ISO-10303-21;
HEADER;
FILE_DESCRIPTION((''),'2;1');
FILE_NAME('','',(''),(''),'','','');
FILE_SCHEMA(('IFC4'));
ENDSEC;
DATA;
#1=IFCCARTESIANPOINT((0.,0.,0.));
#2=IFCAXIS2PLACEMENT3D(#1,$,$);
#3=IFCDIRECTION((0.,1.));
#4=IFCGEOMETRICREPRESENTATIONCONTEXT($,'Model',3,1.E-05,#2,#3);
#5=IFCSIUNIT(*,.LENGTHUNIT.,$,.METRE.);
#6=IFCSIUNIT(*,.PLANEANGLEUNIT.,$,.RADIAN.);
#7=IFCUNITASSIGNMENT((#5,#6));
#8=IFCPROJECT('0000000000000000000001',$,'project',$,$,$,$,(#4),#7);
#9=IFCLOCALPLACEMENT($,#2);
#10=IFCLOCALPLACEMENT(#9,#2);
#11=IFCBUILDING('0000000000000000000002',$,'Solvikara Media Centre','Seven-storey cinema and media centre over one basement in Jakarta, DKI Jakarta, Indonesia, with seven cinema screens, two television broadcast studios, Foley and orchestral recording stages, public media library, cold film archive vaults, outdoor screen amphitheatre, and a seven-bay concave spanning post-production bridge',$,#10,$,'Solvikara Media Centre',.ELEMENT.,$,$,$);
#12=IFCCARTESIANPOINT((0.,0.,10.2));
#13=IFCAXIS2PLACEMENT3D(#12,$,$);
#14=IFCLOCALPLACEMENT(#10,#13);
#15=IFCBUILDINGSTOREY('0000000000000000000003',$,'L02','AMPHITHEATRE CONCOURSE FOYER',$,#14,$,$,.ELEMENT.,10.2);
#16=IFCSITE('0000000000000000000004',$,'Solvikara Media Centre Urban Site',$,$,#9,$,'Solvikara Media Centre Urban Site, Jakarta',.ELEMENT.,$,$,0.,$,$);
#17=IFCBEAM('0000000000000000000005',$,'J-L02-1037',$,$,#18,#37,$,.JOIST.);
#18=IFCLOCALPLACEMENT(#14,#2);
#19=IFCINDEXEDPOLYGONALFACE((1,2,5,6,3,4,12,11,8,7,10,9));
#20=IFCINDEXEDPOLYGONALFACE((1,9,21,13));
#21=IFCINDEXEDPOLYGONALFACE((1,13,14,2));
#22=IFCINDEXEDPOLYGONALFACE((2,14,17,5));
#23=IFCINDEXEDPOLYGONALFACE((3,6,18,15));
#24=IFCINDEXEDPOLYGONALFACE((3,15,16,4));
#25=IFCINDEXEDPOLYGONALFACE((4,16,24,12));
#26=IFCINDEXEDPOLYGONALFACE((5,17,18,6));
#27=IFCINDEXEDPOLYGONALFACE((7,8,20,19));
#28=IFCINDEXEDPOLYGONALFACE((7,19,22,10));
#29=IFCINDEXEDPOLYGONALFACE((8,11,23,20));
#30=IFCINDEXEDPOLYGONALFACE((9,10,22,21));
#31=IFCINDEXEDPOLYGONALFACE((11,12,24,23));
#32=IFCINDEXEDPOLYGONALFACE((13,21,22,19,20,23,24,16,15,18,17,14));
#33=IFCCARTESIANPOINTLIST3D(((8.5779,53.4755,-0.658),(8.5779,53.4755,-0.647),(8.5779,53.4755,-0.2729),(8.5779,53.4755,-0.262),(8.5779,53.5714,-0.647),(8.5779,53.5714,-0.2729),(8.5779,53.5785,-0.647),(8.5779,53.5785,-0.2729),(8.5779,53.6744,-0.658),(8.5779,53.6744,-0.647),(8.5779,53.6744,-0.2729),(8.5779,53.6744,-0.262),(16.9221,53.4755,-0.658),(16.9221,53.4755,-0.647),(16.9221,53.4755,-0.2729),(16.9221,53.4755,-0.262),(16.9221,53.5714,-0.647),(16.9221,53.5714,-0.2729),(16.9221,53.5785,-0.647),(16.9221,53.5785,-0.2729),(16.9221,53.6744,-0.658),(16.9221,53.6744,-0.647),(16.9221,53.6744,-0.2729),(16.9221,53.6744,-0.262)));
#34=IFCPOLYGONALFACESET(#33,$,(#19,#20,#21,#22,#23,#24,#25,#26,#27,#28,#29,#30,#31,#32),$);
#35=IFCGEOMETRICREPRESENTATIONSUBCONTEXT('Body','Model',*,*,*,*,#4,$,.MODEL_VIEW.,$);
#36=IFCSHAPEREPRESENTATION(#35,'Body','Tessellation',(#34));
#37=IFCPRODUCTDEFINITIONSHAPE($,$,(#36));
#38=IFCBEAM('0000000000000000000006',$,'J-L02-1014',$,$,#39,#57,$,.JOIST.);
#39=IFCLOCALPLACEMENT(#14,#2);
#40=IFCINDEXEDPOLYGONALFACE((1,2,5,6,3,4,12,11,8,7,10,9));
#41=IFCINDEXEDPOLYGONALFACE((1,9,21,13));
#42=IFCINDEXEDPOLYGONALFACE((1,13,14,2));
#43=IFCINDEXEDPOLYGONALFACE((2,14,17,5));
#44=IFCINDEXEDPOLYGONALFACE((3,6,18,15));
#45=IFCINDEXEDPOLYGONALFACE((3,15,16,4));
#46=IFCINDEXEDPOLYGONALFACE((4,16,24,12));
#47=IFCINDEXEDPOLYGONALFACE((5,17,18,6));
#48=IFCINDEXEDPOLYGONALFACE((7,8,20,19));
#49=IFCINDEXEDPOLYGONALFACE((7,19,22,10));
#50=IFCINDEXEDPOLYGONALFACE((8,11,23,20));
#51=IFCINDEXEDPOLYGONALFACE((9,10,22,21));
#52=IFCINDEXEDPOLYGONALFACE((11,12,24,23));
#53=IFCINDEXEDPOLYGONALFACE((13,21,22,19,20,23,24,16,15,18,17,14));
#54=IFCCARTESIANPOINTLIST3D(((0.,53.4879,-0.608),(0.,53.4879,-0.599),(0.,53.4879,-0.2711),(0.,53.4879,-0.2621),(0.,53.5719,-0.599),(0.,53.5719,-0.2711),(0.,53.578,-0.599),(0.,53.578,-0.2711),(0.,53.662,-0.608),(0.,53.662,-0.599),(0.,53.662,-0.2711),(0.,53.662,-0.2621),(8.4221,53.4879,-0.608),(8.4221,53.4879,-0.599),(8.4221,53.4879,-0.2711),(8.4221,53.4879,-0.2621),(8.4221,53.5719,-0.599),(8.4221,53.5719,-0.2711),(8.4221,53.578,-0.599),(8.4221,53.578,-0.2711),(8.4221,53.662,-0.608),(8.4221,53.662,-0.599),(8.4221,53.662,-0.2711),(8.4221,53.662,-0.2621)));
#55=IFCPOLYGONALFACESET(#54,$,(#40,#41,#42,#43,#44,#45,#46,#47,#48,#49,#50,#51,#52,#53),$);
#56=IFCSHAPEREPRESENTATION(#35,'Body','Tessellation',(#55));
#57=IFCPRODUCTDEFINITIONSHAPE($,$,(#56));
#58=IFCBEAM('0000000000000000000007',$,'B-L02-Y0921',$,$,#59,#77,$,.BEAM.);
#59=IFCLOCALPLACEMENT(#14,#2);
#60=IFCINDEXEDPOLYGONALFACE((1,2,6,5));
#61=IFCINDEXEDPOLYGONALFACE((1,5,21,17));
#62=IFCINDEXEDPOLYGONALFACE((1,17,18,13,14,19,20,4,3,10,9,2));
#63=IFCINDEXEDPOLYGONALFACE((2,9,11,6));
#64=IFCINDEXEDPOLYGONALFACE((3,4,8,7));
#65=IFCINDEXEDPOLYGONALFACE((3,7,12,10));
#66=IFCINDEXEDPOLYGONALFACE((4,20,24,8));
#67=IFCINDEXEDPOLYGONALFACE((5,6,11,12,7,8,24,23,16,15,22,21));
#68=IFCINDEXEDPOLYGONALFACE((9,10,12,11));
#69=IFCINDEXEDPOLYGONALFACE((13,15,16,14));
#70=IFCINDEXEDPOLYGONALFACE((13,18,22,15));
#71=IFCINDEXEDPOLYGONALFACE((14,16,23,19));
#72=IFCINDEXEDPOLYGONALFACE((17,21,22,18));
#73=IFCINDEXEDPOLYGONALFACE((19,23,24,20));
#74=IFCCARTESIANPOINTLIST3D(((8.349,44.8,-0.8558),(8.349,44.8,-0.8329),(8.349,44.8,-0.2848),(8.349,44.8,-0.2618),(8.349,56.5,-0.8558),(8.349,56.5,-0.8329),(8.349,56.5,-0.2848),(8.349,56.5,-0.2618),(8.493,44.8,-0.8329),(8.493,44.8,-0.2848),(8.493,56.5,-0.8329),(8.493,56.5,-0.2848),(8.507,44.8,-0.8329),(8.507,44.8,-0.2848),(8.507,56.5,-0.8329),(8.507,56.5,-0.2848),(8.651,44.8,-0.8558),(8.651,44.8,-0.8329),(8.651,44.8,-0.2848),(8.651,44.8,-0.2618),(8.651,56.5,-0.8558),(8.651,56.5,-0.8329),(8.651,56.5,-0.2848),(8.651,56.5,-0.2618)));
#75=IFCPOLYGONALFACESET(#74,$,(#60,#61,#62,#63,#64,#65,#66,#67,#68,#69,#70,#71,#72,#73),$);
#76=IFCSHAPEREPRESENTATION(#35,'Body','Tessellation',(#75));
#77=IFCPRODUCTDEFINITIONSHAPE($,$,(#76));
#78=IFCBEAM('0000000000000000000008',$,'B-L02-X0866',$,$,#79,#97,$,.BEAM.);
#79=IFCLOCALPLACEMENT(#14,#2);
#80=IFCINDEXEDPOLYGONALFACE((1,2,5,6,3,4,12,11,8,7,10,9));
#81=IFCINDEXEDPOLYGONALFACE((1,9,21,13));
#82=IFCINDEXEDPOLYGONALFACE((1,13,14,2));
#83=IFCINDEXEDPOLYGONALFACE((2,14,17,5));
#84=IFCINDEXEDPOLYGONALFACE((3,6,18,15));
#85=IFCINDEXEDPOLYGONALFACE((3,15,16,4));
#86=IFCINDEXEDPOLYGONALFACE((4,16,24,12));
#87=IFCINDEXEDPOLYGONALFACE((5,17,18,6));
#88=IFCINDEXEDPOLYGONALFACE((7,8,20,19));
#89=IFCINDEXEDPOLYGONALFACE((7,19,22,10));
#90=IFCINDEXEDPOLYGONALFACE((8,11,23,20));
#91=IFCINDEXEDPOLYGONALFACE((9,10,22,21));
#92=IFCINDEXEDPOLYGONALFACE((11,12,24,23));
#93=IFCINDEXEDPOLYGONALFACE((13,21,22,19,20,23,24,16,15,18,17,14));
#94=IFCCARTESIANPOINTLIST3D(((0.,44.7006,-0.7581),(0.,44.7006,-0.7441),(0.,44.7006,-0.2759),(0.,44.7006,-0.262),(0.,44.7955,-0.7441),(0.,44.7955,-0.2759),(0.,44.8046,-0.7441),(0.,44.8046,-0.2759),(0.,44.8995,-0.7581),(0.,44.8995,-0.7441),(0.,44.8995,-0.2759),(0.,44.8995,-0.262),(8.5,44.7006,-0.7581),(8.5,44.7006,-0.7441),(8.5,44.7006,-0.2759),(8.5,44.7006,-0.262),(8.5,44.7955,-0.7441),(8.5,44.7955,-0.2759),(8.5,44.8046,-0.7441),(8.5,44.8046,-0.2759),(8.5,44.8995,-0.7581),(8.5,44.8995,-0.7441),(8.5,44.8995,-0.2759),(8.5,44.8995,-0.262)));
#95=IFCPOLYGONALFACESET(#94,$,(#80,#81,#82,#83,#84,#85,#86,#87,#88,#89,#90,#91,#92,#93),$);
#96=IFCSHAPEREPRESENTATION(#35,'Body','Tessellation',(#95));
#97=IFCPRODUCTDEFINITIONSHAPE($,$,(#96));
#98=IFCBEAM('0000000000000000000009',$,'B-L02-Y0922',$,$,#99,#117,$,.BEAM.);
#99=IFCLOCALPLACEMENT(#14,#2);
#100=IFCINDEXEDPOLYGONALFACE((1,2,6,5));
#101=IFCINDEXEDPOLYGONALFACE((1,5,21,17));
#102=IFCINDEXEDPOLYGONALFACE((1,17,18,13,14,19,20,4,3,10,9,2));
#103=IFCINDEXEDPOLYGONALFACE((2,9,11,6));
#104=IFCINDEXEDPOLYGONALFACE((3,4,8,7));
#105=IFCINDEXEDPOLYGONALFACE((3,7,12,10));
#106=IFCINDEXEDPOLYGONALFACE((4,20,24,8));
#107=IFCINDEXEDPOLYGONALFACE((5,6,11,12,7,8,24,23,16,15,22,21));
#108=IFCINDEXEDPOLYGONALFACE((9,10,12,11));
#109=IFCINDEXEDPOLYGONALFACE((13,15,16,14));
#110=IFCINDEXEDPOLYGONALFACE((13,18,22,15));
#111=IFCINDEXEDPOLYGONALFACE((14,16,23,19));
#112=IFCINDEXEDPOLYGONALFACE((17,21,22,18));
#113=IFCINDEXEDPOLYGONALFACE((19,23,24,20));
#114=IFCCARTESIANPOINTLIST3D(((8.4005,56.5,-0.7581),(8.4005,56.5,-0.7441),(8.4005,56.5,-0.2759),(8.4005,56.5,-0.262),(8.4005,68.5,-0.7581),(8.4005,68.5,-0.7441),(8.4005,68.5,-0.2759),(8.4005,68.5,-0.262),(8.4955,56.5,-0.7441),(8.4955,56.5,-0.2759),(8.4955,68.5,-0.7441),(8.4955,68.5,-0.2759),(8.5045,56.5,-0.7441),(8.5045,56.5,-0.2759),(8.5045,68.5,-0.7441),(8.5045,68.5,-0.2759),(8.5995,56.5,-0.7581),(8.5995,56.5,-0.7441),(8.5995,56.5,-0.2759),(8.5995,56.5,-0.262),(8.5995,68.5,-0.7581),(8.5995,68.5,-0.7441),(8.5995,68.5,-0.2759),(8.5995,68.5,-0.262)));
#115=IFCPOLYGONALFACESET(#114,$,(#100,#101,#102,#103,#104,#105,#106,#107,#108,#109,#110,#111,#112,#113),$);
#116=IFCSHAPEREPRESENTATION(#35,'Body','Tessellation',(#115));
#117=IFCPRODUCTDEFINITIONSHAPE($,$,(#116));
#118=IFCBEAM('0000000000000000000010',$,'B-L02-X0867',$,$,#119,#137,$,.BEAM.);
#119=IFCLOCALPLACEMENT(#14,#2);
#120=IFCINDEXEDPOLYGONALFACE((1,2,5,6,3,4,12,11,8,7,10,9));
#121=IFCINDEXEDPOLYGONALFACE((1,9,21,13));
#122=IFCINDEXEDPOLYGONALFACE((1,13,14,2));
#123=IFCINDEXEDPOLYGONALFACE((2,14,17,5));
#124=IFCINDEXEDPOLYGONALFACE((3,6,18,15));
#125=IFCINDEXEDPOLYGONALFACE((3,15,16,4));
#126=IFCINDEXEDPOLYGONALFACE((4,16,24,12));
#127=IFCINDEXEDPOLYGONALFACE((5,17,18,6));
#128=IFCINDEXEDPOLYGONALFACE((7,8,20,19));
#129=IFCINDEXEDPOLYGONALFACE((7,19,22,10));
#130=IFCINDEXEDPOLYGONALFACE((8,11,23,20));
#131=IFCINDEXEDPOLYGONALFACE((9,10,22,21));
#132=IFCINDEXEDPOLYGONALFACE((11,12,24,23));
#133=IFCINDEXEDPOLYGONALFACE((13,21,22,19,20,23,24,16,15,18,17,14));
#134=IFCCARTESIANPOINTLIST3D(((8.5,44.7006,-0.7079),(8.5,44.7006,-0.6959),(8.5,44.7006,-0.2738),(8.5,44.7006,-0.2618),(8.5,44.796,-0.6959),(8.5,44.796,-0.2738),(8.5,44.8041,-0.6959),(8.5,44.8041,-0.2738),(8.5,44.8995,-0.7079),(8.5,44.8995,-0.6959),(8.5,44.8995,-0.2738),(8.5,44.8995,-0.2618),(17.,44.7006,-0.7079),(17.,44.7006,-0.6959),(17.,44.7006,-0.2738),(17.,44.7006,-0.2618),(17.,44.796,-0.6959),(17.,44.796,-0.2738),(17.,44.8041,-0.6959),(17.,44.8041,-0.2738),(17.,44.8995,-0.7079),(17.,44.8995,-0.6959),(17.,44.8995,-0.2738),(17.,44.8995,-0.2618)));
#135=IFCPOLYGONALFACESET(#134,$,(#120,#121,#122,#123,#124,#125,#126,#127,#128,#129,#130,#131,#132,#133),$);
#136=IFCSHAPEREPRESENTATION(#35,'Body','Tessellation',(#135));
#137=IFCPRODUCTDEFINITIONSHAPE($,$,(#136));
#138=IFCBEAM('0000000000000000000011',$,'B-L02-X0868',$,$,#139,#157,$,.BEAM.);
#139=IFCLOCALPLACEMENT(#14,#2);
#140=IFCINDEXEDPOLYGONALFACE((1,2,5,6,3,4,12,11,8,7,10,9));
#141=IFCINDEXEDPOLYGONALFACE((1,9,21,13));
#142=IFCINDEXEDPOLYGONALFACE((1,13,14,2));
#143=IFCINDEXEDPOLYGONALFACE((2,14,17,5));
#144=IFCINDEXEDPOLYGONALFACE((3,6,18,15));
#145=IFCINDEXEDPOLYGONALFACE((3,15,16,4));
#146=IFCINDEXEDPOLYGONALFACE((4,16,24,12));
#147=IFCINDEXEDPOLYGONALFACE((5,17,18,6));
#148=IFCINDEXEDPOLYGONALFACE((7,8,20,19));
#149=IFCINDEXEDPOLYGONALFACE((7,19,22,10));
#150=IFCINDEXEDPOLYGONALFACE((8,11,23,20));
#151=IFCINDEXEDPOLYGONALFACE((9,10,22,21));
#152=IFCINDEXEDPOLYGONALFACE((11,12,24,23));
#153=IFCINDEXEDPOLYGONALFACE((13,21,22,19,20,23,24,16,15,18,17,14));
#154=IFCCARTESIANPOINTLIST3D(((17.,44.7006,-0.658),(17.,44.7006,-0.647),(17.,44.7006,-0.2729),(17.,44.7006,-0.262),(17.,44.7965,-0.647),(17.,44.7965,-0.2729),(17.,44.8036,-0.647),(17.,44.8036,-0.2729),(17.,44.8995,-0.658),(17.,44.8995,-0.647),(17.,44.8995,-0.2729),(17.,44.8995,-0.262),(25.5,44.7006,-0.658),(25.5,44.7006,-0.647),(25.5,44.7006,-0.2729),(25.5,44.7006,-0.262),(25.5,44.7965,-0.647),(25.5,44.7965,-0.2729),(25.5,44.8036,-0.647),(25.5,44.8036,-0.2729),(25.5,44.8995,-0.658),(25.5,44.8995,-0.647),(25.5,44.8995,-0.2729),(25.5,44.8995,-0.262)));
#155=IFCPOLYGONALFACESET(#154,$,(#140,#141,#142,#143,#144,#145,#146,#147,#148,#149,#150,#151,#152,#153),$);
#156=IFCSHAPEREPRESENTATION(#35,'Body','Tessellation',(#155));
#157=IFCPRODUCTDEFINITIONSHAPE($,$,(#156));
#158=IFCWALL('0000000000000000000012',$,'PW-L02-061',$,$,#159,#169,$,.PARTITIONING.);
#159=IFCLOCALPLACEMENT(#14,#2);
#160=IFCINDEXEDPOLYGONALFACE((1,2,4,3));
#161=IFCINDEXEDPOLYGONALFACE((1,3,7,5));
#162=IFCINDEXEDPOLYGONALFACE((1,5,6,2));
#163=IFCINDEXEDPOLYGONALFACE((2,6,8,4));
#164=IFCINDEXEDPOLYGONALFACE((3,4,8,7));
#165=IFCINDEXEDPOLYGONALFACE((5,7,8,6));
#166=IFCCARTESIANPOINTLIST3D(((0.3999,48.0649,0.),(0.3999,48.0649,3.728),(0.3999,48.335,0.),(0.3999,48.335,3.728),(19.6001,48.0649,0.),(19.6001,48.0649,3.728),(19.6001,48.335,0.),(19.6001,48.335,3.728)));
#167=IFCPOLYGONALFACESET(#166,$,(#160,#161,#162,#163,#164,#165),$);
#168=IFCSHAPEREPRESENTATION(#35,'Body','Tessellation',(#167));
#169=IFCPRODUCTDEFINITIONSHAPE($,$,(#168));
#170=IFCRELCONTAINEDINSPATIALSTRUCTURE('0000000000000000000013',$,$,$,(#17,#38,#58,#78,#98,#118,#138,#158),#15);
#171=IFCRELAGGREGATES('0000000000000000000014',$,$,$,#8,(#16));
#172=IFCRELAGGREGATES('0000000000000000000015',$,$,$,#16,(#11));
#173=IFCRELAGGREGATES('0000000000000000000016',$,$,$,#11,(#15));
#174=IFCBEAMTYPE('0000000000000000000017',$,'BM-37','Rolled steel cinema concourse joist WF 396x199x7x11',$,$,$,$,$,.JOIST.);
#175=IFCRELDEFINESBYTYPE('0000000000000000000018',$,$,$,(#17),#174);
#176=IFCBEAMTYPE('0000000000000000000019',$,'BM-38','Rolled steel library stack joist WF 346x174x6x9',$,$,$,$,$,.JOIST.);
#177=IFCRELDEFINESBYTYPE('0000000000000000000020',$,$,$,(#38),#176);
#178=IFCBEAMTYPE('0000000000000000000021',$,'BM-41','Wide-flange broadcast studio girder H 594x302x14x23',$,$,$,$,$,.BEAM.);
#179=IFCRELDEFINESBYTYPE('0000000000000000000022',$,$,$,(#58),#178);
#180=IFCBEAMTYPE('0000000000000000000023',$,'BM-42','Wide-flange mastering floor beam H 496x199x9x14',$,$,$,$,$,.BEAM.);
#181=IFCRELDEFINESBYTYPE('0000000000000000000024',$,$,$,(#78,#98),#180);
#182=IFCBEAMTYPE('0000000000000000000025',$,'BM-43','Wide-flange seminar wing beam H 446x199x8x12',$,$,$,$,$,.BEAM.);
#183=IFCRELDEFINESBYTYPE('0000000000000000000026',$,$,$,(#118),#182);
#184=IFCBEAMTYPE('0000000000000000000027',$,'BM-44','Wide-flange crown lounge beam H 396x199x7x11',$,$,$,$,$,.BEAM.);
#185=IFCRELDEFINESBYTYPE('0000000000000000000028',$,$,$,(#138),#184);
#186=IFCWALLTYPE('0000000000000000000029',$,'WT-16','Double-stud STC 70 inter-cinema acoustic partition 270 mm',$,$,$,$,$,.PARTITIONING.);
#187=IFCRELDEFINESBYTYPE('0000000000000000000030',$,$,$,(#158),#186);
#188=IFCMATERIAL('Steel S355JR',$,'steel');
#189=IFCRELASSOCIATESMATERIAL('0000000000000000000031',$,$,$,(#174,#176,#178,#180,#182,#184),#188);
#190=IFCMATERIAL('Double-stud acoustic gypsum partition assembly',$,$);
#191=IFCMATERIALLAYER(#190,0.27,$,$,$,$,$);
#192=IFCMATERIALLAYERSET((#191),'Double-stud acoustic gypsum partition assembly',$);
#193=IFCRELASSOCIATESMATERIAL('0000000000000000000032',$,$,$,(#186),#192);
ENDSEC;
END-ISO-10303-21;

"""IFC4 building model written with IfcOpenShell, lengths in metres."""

from ifc_helpers import new_model, si_unit, direction, frame, frame_2d, origin, origin_2d, place, context, subcontext, project, spatial, rectangle, i_section, extrude, material, layer, layer_set, material_profile, profile_set, type_object, element, save


model = new_model("IFC4")

# Units and contexts
model_context = context("Model", 3, precision=1e-05, world=origin(), true_north=direction((0.0, 1.0)))
body_context = subcontext(model_context, "Body", "Model", "MODEL_VIEW")
ifc_project = project(units=[si_unit("LENGTHUNIT", "METRE"), si_unit("PLANEANGLEUNIT", "RADIAN")], contexts=[model_context])

# Site, building, storey
site_placement = place(None, origin())
site = spatial("IfcSite", under=ifc_project, at=site_placement, Name="Solvikara Media Centre Urban Site", LongName="Solvikara Media Centre Urban Site, Jakarta", CompositionType="ELEMENT", RefElevation=0.0)
building_placement = place(site_placement, origin())
building = spatial("IfcBuilding", under=site, at=building_placement, Name="Solvikara Media Centre", Description="Seven-storey cinema and media centre over one basement in Jakarta, DKI Jakarta, Indonesia, with seven cinema screens, two television broadcast studios, Foley and orchestral recording stages, public media library, cold film archive vaults, outdoor screen amphitheatre, and a seven-bay concave spanning post-production bridge", LongName="Solvikara Media Centre", CompositionType="ELEMENT")
storey_placement = place(building_placement, frame((0.0, 0.0, 10.2)))
storey = spatial("IfcBuildingStorey", under=building, at=storey_placement, Name="L02", Description="AMPHITHEATRE CONCOURSE FOYER", CompositionType="ELEMENT", Elevation=10.2)

# Beams
ifc_material_1 = material(Name="Steel S355JR", Category="steel")
ifc_material_profile_1 = material_profile(ifc_material_1, i_section(OverallWidth=0.199, OverallDepth=0.396, WebThickness=0.0071, FlangeThickness=0.011, at=origin_2d()), Name="WF 396x199x7x11")
ifc_profile_set_1 = profile_set([ifc_material_profile_1], Name="Steel S355JR")
beam_type_1 = type_object("IfcBeamType", Name="BM-37", Description="Rolled steel cinema concourse joist WF 396x199x7x11", PredefinedType="JOIST", material=ifc_profile_set_1)
beam_1_placement = place(storey_placement, frame((8.5779, 53.575, -0.46), z_axis=(1.0, 0.0, 0.0), x_axis=(0.0, 1.0, 0.0)))
element("IfcBeam", 1, at=beam_1_placement, inside=storey, type_object=beam_type_1, Name="J-L02-1037", PredefinedType="JOIST", context=body_context, shape_type="SweptSolid", body=[
    extrude(i_section(OverallWidth=0.199, OverallDepth=0.396, WebThickness=0.0071, FlangeThickness=0.011, at=origin_2d()), origin(), (0.0, 0.0, 1.0), 8.3442),
])
ifc_material_profile_2 = material_profile(ifc_material_1, i_section(OverallWidth=0.1741, OverallDepth=0.3459, WebThickness=0.0061, FlangeThickness=0.009, at=origin_2d()), Name="WF 346x174x6x9")
ifc_profile_set_2 = profile_set([ifc_material_profile_2], Name="Steel S355JR")
beam_type_2 = type_object("IfcBeamType", Name="BM-38", Description="Rolled steel library stack joist WF 346x174x6x9", PredefinedType="JOIST", material=ifc_profile_set_2)
beam_2_placement = place(storey_placement, frame((0.0, 53.575, -0.4351), z_axis=(1.0, 0.0, 0.0), x_axis=(0.0, 1.0, 0.0)))
element("IfcBeam", 2, at=beam_2_placement, inside=storey, type_object=beam_type_2, Name="J-L02-1014", PredefinedType="JOIST", context=body_context, shape_type="SweptSolid", body=[
    extrude(i_section(OverallWidth=0.1741, OverallDepth=0.3459, WebThickness=0.0061, FlangeThickness=0.009, at=origin_2d()), origin(), (0.0, 0.0, 1.0), 8.4221),
])
ifc_material_profile_3 = material_profile(ifc_material_1, i_section(OverallWidth=0.302, OverallDepth=0.594, WebThickness=0.0139, FlangeThickness=0.0229, at=origin_2d()), Name="H 594x302x14x23")
ifc_profile_set_3 = profile_set([ifc_material_profile_3], Name="Steel S355JR")
beam_type_3 = type_object("IfcBeamType", Name="BM-41", Description="Wide-flange broadcast studio girder H 594x302x14x23", PredefinedType="BEAM", material=ifc_profile_set_3)
beam_3_placement = place(storey_placement, frame((8.5, 44.8, -0.5588), z_axis=(0.0, 1.0, 0.0), x_axis=(-1.0, 0.0, 0.0)))
element("IfcBeam", 3, at=beam_3_placement, inside=storey, type_object=beam_type_3, Name="B-L02-Y0921", PredefinedType="BEAM", context=body_context, shape_type="SweptSolid", body=[
    extrude(i_section(OverallWidth=0.302, OverallDepth=0.594, WebThickness=0.0139, FlangeThickness=0.0229, at=origin_2d()), origin(), (0.0, 0.0, 1.0), 11.7),
])
ifc_material_profile_4 = material_profile(ifc_material_1, i_section(OverallWidth=0.199, OverallDepth=0.4961, WebThickness=0.009, FlangeThickness=0.0139, at=origin_2d()), Name="H 496x199x9x14")
ifc_profile_set_4 = profile_set([ifc_material_profile_4], Name="Steel S355JR")
beam_type_4 = type_object("IfcBeamType", Name="BM-42", Description="Wide-flange mastering floor beam H 496x199x9x14", PredefinedType="BEAM", material=ifc_profile_set_4)
beam_4_placement = place(storey_placement, frame((0.0, 44.8, -0.51), z_axis=(1.0, 0.0, 0.0), x_axis=(0.0, 1.0, 0.0)))
element("IfcBeam", 4, at=beam_4_placement, inside=storey, type_object=beam_type_4, Name="B-L02-X0866", PredefinedType="BEAM", context=body_context, shape_type="SweptSolid", body=[
    extrude(i_section(OverallWidth=0.199, OverallDepth=0.4961, WebThickness=0.009, FlangeThickness=0.0139, at=origin_2d()), origin(), (0.0, 0.0, 1.0), 8.5),
])
beam_5_placement = place(storey_placement, frame((8.5, 56.5, -0.51), z_axis=(0.0, 1.0, 0.0), x_axis=(-1.0, 0.0, 0.0)))
element("IfcBeam", 5, at=beam_5_placement, inside=storey, type_object=beam_type_4, Name="B-L02-Y0922", PredefinedType="BEAM", context=body_context, shape_type="SweptSolid", body=[
    extrude(i_section(OverallWidth=0.199, OverallDepth=0.4961, WebThickness=0.009, FlangeThickness=0.0139, at=origin_2d()), origin(), (0.0, 0.0, 1.0), 12.0),
])
ifc_material_profile_5 = material_profile(ifc_material_1, i_section(OverallWidth=0.199, OverallDepth=0.446, WebThickness=0.0081, FlangeThickness=0.012, at=origin_2d()), Name="H 446x199x8x12")
ifc_profile_set_5 = profile_set([ifc_material_profile_5], Name="Steel S355JR")
beam_type_5 = type_object("IfcBeamType", Name="BM-43", Description="Wide-flange seminar wing beam H 446x199x8x12", PredefinedType="BEAM", material=ifc_profile_set_5)
beam_6_placement = place(storey_placement, frame((8.5, 44.8, -0.4849), z_axis=(1.0, 0.0, 0.0), x_axis=(0.0, 1.0, 0.0)))
element("IfcBeam", 6, at=beam_6_placement, inside=storey, type_object=beam_type_5, Name="B-L02-X0867", PredefinedType="BEAM", context=body_context, shape_type="SweptSolid", body=[
    extrude(i_section(OverallWidth=0.199, OverallDepth=0.446, WebThickness=0.0081, FlangeThickness=0.012, at=origin_2d()), origin(), (0.0, 0.0, 1.0), 8.5),
])
ifc_material_profile_6 = material_profile(ifc_material_1, i_section(OverallWidth=0.199, OverallDepth=0.396, WebThickness=0.0071, FlangeThickness=0.011, at=origin_2d()), Name="H 396x199x7x11")
ifc_profile_set_6 = profile_set([ifc_material_profile_6], Name="Steel S355JR")
beam_type_6 = type_object("IfcBeamType", Name="BM-44", Description="Wide-flange crown lounge beam H 396x199x7x11", PredefinedType="BEAM", material=ifc_profile_set_6)
beam_7_placement = place(storey_placement, frame((17.0, 44.8, -0.46), z_axis=(1.0, 0.0, 0.0), x_axis=(0.0, 1.0, 0.0)))
element("IfcBeam", 7, at=beam_7_placement, inside=storey, type_object=beam_type_6, Name="B-L02-X0868", PredefinedType="BEAM", context=body_context, shape_type="SweptSolid", body=[
    extrude(i_section(OverallWidth=0.199, OverallDepth=0.396, WebThickness=0.0071, FlangeThickness=0.011, at=origin_2d()), origin(), (0.0, 0.0, 1.0), 8.5),
])

# Wall
ifc_material_2 = material(Name="Double-stud acoustic gypsum partition assembly")
ifc_layer_1 = layer(ifc_material_2, 0.27)
ifc_layer_set_1 = layer_set([ifc_layer_1], Name="Double-stud acoustic gypsum partition assembly")
wall_type = type_object("IfcWallType", Name="WT-16", Description="Double-stud STC 70 inter-cinema acoustic partition 270 mm", PredefinedType="PARTITIONING", material=ifc_layer_set_1)
wall_placement = place(storey_placement, frame((0.3999, 48.2, 0.0), z_axis=(0.0, 0.0, 1.0), x_axis=(1.0, 0.0, 0.0)))
element("IfcWall", 8, at=wall_placement, inside=storey, type_object=wall_type, Name="PW-L02-061", PredefinedType="PARTITIONING", context=body_context, shape_type="SweptSolid", body=[
    extrude(rectangle(XDim=19.2002, YDim=0.27, at=frame_2d((9.6001, 0.0))), origin(), (0.0, 0.0, 1.0), 3.728),
])

save(model, "model.ifc")
